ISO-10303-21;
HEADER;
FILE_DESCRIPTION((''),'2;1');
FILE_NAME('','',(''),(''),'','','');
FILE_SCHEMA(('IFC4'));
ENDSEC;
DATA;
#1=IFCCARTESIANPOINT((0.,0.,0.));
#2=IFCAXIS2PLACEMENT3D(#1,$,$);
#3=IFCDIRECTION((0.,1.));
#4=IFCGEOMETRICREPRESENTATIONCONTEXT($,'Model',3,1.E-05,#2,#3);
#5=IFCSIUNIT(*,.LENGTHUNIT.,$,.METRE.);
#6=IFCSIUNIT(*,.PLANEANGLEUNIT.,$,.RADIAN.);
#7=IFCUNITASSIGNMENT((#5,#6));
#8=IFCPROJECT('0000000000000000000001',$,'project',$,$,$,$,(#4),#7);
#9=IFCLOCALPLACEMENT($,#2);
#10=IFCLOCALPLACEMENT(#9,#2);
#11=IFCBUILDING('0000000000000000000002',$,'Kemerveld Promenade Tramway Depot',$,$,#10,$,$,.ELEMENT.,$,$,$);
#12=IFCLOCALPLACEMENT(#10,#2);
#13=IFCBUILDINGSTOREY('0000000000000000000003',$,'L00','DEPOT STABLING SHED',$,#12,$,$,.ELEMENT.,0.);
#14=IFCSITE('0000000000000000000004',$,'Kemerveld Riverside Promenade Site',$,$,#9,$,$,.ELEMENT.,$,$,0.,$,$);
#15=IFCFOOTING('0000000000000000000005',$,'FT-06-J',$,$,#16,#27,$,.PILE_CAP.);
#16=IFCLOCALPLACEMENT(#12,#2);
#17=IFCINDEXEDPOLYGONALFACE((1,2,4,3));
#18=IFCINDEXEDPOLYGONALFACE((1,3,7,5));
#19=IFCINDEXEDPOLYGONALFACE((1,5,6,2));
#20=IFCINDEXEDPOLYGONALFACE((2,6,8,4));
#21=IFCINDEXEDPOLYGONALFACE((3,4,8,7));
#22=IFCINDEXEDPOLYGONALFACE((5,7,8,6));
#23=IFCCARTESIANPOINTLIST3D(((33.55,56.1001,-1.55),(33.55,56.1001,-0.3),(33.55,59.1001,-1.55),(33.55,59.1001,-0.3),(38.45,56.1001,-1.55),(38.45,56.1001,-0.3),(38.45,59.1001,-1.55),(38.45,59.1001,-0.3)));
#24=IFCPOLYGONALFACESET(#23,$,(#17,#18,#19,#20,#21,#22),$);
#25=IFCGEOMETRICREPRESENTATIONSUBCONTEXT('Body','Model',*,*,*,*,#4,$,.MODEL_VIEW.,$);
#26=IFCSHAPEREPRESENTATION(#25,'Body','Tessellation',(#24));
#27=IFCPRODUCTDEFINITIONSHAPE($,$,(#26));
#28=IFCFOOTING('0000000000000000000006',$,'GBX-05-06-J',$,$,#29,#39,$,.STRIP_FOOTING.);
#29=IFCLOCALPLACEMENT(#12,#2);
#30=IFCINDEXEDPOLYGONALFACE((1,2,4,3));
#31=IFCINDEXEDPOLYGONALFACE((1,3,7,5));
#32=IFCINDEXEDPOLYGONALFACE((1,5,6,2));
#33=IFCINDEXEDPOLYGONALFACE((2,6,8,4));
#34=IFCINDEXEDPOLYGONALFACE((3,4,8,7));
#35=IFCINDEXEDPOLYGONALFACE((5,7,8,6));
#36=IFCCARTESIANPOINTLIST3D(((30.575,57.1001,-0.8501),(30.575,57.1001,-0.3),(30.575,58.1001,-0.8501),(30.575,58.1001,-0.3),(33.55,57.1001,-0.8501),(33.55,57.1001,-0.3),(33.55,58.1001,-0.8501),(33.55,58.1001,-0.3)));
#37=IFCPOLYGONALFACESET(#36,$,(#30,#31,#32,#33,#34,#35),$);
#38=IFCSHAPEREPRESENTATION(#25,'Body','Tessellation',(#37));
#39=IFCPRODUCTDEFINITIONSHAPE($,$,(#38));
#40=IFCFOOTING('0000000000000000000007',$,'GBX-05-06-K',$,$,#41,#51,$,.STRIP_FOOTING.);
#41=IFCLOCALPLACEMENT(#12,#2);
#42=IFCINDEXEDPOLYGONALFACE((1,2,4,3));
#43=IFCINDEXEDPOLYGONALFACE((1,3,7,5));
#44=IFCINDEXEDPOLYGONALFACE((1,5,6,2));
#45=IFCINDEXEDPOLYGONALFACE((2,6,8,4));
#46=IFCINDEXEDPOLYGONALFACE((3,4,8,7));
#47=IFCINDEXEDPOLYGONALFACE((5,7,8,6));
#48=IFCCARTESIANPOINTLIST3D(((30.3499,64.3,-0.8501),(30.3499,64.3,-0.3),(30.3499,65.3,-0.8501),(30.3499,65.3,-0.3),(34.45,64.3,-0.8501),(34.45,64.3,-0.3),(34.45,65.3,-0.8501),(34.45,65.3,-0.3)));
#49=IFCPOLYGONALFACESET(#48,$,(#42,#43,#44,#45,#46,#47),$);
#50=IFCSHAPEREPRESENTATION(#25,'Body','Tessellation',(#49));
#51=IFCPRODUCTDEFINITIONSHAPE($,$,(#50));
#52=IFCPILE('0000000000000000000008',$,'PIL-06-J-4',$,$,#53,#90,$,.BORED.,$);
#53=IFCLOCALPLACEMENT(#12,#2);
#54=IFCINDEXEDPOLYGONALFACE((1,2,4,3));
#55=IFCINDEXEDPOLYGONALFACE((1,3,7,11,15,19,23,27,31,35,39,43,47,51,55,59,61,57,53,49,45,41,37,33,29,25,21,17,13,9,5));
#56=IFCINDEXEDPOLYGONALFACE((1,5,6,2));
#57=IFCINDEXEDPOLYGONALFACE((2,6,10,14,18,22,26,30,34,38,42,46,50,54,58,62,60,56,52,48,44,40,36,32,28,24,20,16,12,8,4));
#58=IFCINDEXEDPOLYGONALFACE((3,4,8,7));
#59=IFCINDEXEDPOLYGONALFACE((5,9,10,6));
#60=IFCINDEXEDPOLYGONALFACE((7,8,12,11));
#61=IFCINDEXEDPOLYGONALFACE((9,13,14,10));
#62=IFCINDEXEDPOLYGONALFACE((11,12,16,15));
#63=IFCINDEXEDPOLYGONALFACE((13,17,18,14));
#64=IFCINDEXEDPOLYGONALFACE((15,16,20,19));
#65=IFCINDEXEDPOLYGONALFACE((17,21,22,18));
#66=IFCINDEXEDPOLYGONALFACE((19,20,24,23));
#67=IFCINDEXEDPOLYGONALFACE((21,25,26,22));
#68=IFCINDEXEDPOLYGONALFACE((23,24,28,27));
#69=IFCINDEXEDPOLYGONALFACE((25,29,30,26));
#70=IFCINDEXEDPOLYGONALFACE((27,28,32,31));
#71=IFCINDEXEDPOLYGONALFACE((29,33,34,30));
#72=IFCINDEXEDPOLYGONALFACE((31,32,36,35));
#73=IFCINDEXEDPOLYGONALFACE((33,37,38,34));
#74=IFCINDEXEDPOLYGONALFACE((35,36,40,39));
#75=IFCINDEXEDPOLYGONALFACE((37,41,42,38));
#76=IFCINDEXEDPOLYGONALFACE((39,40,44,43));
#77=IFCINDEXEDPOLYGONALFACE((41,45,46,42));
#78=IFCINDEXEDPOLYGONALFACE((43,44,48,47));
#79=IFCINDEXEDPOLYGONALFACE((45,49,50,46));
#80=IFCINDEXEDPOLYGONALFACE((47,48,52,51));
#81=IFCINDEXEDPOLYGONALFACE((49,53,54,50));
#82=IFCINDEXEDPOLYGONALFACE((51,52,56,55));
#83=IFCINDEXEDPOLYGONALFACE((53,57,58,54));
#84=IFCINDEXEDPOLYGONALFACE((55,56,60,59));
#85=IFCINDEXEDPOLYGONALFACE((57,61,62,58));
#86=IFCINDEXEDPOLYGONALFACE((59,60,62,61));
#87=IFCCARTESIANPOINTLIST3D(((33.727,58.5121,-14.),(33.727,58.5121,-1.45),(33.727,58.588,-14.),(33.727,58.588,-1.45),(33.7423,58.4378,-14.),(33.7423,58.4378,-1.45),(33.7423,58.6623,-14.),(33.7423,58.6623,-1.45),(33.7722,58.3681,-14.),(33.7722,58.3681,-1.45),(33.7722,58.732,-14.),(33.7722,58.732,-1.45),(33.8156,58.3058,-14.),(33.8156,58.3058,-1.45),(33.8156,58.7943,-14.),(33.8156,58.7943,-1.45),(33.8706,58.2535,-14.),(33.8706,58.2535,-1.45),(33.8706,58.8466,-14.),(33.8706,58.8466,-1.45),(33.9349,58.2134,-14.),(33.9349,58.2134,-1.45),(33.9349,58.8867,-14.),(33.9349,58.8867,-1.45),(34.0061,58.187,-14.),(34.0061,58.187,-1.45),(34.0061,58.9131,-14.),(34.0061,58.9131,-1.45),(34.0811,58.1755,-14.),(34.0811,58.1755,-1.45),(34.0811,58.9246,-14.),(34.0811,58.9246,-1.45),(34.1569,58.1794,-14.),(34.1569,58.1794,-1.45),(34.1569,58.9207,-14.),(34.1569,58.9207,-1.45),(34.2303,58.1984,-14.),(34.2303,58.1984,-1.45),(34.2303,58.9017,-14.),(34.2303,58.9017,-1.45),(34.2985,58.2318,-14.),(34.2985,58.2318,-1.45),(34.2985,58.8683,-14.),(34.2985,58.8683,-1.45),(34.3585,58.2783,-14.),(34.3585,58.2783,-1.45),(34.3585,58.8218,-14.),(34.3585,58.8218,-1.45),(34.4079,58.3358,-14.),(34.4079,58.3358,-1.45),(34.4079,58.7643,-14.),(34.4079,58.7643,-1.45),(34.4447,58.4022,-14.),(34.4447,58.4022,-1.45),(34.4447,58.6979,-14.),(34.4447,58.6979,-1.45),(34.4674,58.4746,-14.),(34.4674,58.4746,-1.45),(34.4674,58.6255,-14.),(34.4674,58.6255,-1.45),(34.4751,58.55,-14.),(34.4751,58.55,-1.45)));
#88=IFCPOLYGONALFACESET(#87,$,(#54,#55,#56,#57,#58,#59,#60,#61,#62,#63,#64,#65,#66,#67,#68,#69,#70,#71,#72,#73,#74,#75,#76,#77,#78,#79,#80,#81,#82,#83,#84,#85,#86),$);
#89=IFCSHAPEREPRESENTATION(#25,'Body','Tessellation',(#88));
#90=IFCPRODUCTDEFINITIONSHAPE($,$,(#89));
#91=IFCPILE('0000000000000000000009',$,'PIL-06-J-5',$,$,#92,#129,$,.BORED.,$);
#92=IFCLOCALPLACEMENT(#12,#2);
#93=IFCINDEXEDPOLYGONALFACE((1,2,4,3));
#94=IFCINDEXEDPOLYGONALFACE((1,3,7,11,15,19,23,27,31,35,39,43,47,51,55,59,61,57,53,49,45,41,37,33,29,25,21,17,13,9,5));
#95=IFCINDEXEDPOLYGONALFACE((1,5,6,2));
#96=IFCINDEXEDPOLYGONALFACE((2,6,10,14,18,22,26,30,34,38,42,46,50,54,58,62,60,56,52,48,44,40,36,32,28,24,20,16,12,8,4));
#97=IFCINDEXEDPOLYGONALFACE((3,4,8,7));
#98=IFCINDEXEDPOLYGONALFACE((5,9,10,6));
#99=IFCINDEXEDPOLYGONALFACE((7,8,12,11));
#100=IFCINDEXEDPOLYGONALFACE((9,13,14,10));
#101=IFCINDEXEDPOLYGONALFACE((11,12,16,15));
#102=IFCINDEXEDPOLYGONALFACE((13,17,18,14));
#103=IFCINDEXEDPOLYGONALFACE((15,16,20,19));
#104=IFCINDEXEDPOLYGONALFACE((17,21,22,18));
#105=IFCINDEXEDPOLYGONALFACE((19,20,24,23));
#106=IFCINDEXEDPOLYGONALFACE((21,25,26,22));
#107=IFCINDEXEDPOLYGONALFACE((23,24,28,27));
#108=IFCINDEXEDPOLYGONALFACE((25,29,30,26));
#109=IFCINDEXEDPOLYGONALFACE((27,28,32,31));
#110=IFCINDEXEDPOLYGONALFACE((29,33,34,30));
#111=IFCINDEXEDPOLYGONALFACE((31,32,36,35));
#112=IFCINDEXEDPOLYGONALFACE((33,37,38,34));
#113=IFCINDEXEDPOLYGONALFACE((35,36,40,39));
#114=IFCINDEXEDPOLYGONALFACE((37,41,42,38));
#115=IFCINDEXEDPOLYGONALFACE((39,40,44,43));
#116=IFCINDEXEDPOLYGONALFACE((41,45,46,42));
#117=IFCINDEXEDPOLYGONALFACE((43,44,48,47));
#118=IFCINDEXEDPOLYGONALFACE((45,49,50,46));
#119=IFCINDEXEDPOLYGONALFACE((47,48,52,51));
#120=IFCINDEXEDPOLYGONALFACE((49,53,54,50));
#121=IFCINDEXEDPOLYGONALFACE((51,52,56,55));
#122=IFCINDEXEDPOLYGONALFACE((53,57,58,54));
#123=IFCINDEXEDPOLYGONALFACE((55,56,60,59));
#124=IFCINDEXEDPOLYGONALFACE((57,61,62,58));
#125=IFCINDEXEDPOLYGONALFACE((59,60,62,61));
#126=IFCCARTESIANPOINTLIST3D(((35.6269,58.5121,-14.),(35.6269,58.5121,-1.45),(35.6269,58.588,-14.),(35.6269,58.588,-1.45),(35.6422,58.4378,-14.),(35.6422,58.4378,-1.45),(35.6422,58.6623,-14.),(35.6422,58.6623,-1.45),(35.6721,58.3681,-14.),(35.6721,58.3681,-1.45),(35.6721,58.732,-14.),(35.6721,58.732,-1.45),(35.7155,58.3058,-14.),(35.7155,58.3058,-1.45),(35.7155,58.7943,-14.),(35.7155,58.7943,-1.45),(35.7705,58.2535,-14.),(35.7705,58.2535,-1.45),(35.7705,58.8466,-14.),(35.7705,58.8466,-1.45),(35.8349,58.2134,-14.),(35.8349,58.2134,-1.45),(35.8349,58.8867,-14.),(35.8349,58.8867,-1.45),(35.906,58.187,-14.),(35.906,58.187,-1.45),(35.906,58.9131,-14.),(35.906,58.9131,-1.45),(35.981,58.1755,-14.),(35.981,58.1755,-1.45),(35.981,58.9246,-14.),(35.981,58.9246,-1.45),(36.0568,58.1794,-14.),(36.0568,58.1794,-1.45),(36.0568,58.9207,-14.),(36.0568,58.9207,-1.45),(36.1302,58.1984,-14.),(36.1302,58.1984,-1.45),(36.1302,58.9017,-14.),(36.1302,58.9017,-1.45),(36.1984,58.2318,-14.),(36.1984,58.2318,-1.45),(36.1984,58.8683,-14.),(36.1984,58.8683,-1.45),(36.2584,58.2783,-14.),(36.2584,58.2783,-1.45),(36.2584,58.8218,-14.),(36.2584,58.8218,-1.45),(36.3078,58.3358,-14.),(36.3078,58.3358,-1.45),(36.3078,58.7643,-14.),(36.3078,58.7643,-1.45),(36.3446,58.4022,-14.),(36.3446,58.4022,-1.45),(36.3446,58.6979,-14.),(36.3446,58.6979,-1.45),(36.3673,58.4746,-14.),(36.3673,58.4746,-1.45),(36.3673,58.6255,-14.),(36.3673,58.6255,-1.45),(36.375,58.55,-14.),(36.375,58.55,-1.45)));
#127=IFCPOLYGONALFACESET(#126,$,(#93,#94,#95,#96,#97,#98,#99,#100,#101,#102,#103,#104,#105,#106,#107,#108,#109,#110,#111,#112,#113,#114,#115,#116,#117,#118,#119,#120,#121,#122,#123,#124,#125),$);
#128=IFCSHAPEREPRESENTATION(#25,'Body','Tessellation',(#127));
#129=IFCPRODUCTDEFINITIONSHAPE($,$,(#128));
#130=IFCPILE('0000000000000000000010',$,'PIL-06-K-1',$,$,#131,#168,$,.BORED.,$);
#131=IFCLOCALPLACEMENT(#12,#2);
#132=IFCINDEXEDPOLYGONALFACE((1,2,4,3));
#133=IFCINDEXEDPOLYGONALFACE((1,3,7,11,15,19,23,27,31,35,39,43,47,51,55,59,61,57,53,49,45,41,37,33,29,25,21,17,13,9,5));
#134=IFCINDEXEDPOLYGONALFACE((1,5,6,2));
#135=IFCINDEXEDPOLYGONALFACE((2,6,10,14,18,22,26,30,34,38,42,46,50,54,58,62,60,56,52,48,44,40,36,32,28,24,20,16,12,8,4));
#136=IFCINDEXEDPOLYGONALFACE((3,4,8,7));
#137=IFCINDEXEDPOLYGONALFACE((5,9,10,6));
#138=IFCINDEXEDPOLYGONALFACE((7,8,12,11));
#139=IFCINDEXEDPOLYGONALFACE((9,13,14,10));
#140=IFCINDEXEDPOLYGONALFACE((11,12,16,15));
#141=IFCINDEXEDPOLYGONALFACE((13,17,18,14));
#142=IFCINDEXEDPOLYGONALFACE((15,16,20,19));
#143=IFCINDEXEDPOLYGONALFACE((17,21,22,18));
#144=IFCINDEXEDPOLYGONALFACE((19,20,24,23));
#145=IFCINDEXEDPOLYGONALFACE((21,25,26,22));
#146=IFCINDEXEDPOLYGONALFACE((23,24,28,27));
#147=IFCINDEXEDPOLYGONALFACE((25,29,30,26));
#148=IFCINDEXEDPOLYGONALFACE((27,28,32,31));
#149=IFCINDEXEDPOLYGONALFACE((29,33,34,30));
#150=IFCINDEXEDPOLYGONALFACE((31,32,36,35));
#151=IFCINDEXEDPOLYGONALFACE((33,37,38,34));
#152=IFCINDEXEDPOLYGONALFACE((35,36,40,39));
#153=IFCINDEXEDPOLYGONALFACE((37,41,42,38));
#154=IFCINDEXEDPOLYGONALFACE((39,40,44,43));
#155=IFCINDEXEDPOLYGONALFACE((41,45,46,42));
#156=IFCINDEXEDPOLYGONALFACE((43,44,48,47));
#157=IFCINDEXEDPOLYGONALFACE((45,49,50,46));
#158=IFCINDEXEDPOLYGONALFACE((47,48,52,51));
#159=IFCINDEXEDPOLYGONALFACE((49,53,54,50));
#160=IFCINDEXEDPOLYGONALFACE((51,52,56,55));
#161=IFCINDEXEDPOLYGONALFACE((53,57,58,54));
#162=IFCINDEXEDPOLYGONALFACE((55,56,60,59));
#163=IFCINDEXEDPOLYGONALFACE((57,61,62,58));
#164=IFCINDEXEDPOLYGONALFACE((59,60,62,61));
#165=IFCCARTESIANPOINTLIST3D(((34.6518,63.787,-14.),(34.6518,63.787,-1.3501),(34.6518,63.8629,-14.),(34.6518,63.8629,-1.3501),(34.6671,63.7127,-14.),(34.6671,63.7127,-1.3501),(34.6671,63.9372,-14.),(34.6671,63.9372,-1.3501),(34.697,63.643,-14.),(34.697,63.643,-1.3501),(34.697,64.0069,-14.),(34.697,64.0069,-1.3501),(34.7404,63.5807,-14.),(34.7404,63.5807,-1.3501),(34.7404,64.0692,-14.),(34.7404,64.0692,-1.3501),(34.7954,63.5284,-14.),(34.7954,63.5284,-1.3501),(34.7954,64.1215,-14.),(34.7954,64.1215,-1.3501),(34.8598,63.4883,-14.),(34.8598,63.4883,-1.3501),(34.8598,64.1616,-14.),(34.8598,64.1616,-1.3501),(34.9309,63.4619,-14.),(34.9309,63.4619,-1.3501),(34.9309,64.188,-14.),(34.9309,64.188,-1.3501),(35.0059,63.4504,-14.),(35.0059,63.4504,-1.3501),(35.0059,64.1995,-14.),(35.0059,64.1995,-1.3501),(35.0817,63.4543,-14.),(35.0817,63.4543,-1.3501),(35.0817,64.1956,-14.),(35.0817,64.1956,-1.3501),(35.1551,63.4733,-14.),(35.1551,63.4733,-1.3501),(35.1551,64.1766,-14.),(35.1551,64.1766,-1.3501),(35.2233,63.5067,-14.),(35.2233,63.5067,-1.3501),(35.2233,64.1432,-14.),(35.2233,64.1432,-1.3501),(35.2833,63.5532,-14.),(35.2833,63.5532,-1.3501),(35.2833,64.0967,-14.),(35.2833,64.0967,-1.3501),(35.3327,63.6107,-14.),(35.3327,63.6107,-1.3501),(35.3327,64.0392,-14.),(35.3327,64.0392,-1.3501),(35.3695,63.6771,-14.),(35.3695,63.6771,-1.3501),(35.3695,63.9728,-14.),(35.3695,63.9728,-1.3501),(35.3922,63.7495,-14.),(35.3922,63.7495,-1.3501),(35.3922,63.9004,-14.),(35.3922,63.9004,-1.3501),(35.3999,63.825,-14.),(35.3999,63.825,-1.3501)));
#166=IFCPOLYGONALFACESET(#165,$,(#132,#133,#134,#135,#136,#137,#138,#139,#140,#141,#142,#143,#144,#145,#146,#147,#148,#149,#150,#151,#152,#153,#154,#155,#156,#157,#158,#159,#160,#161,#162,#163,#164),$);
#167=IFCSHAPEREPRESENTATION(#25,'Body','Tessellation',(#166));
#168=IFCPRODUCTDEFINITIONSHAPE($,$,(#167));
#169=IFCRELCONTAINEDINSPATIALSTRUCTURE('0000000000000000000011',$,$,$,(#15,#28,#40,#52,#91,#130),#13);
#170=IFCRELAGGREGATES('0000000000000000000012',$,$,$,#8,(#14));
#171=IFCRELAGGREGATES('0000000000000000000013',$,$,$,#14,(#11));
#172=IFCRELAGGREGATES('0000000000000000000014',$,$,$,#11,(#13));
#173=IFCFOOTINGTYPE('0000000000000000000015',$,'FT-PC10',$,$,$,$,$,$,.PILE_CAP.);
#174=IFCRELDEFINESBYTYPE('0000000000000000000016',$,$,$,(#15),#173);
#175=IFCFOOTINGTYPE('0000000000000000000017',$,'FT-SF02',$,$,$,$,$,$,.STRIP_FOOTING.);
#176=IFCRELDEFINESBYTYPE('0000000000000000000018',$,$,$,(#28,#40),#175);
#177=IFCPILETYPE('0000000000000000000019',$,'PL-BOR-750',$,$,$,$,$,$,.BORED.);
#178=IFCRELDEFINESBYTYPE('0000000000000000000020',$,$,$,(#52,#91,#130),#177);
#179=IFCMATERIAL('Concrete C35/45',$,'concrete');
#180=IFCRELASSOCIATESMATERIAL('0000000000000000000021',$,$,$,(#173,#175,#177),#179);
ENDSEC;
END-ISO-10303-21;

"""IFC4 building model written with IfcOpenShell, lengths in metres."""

from ifc_helpers import new_model, si_unit, direction, frame, origin, origin_2d, place, context, subcontext, project, spatial, rectangle, circle, extrude, material, material_profile, profile_set, type_object, element, save


model = new_model("IFC4")

# Units and contexts
model_context = context("Model", 3, precision=1e-05, world=origin(), true_north=direction((0.0, 1.0)))
body_context = subcontext(model_context, "Body", "Model", "MODEL_VIEW")
ifc_project = project(units=[si_unit("LENGTHUNIT", "METRE"), si_unit("PLANEANGLEUNIT", "RADIAN")], contexts=[model_context])

# Site, building, storey
site_placement = place(None, origin())
site = spatial("IfcSite", under=ifc_project, at=site_placement, Name="Kemerveld Riverside Promenade Site", CompositionType="ELEMENT", RefElevation=0.0)
building_placement = place(site_placement, origin())
building = spatial("IfcBuilding", under=site, at=building_placement, Name="Kemerveld Promenade Tramway Depot", CompositionType="ELEMENT")
storey_placement = place(building_placement, origin())
storey = spatial("IfcBuildingStorey", under=building, at=storey_placement, Name="L00", Description="DEPOT STABLING SHED", CompositionType="ELEMENT", Elevation=0.0)

# Footings
ifc_material_1 = material(Name="Concrete C35/45", Category="concrete")
footing_type_1 = type_object("IfcFootingType", Name="FT-PC10", PredefinedType="PILE_CAP", material=ifc_material_1)
footing_1_placement = place(storey_placement, frame((36.0, 57.6001, -1.55), z_axis=(0.0, 0.0, 1.0), x_axis=(1.0, 0.0, 0.0)))
element("IfcFooting", 1, at=footing_1_placement, inside=storey, type_object=footing_type_1, Name="FT-06-J", PredefinedType="PILE_CAP", context=body_context, shape_type="SweptSolid", body=[
    extrude(rectangle(XDim=4.8999, YDim=3.0, at=origin_2d()), origin(), (0.0, 0.0, 1.0), 1.25),
])
footing_type_2 = type_object("IfcFootingType", Name="FT-SF02", PredefinedType="STRIP_FOOTING", material=ifc_material_1)
footing_2_placement = place(storey_placement, frame((32.0625, 57.6001, -0.8501), z_axis=(0.0, 0.0, 1.0), x_axis=(1.0, 0.0, 0.0)))
element("IfcFooting", 2, at=footing_2_placement, inside=storey, type_object=footing_type_2, Name="GBX-05-06-J", PredefinedType="STRIP_FOOTING", context=body_context, shape_type="SweptSolid", body=[
    extrude(rectangle(XDim=2.9751, YDim=1.0, at=origin_2d()), origin(), (0.0, 0.0, 1.0), 0.55),
])
footing_3_placement = place(storey_placement, frame((32.3999, 64.8, -0.8501), z_axis=(0.0, 0.0, 1.0), x_axis=(1.0, 0.0, 0.0)))
element("IfcFooting", 3, at=footing_3_placement, inside=storey, type_object=footing_type_2, Name="GBX-05-06-K", PredefinedType="STRIP_FOOTING", context=body_context, shape_type="SweptSolid", body=[
    extrude(rectangle(XDim=4.1001, YDim=1.0, at=origin_2d()), origin(), (0.0, 0.0, 1.0), 0.55),
])

# Piles
ifc_material_profile_1 = material_profile(ifc_material_1, circle(Radius=0.375, at=origin_2d()), Name="PILE-D750")
ifc_profile_set_1 = profile_set([ifc_material_profile_1], Name="Concrete C35/45")
pile_type = type_object("IfcPileType", Name="PL-BOR-750", PredefinedType="BORED", material=ifc_profile_set_1)
for number, where, z_axis, x_axis, name in (
    (4, (34.1001, 58.55, -1.45), (0.0, 0.0, -1.0), (1.0, 0.0, 0.0), "PIL-06-J-4"),
    (5, (36.0, 58.55, -1.45), (0.0, 0.0, -1.0), (1.0, 0.0, 0.0), "PIL-06-J-5"),
):
    element("IfcPile", number, at=place(storey_placement, frame(where, z_axis=z_axis, x_axis=x_axis)), inside=storey, type_object=pile_type, Name=name, PredefinedType="BORED", context=body_context, shape_type="SweptSolid", body=[
        extrude(circle(Radius=0.375, at=origin_2d()), origin(), (0.0, 0.0, 1.0), 12.55),
    ])
pile_placement = place(storey_placement, frame((35.0249, 63.825, -1.3501), z_axis=(0.0, 0.0, -1.0), x_axis=(1.0, 0.0, 0.0)))
element("IfcPile", 6, at=pile_placement, inside=storey, type_object=pile_type, Name="PIL-06-K-1", PredefinedType="BORED", context=body_context, shape_type="SweptSolid", body=[
    extrude(circle(Radius=0.375, at=origin_2d()), origin(), (0.0, 0.0, 1.0), 12.6499),
])

save(model, "model.ifc")
